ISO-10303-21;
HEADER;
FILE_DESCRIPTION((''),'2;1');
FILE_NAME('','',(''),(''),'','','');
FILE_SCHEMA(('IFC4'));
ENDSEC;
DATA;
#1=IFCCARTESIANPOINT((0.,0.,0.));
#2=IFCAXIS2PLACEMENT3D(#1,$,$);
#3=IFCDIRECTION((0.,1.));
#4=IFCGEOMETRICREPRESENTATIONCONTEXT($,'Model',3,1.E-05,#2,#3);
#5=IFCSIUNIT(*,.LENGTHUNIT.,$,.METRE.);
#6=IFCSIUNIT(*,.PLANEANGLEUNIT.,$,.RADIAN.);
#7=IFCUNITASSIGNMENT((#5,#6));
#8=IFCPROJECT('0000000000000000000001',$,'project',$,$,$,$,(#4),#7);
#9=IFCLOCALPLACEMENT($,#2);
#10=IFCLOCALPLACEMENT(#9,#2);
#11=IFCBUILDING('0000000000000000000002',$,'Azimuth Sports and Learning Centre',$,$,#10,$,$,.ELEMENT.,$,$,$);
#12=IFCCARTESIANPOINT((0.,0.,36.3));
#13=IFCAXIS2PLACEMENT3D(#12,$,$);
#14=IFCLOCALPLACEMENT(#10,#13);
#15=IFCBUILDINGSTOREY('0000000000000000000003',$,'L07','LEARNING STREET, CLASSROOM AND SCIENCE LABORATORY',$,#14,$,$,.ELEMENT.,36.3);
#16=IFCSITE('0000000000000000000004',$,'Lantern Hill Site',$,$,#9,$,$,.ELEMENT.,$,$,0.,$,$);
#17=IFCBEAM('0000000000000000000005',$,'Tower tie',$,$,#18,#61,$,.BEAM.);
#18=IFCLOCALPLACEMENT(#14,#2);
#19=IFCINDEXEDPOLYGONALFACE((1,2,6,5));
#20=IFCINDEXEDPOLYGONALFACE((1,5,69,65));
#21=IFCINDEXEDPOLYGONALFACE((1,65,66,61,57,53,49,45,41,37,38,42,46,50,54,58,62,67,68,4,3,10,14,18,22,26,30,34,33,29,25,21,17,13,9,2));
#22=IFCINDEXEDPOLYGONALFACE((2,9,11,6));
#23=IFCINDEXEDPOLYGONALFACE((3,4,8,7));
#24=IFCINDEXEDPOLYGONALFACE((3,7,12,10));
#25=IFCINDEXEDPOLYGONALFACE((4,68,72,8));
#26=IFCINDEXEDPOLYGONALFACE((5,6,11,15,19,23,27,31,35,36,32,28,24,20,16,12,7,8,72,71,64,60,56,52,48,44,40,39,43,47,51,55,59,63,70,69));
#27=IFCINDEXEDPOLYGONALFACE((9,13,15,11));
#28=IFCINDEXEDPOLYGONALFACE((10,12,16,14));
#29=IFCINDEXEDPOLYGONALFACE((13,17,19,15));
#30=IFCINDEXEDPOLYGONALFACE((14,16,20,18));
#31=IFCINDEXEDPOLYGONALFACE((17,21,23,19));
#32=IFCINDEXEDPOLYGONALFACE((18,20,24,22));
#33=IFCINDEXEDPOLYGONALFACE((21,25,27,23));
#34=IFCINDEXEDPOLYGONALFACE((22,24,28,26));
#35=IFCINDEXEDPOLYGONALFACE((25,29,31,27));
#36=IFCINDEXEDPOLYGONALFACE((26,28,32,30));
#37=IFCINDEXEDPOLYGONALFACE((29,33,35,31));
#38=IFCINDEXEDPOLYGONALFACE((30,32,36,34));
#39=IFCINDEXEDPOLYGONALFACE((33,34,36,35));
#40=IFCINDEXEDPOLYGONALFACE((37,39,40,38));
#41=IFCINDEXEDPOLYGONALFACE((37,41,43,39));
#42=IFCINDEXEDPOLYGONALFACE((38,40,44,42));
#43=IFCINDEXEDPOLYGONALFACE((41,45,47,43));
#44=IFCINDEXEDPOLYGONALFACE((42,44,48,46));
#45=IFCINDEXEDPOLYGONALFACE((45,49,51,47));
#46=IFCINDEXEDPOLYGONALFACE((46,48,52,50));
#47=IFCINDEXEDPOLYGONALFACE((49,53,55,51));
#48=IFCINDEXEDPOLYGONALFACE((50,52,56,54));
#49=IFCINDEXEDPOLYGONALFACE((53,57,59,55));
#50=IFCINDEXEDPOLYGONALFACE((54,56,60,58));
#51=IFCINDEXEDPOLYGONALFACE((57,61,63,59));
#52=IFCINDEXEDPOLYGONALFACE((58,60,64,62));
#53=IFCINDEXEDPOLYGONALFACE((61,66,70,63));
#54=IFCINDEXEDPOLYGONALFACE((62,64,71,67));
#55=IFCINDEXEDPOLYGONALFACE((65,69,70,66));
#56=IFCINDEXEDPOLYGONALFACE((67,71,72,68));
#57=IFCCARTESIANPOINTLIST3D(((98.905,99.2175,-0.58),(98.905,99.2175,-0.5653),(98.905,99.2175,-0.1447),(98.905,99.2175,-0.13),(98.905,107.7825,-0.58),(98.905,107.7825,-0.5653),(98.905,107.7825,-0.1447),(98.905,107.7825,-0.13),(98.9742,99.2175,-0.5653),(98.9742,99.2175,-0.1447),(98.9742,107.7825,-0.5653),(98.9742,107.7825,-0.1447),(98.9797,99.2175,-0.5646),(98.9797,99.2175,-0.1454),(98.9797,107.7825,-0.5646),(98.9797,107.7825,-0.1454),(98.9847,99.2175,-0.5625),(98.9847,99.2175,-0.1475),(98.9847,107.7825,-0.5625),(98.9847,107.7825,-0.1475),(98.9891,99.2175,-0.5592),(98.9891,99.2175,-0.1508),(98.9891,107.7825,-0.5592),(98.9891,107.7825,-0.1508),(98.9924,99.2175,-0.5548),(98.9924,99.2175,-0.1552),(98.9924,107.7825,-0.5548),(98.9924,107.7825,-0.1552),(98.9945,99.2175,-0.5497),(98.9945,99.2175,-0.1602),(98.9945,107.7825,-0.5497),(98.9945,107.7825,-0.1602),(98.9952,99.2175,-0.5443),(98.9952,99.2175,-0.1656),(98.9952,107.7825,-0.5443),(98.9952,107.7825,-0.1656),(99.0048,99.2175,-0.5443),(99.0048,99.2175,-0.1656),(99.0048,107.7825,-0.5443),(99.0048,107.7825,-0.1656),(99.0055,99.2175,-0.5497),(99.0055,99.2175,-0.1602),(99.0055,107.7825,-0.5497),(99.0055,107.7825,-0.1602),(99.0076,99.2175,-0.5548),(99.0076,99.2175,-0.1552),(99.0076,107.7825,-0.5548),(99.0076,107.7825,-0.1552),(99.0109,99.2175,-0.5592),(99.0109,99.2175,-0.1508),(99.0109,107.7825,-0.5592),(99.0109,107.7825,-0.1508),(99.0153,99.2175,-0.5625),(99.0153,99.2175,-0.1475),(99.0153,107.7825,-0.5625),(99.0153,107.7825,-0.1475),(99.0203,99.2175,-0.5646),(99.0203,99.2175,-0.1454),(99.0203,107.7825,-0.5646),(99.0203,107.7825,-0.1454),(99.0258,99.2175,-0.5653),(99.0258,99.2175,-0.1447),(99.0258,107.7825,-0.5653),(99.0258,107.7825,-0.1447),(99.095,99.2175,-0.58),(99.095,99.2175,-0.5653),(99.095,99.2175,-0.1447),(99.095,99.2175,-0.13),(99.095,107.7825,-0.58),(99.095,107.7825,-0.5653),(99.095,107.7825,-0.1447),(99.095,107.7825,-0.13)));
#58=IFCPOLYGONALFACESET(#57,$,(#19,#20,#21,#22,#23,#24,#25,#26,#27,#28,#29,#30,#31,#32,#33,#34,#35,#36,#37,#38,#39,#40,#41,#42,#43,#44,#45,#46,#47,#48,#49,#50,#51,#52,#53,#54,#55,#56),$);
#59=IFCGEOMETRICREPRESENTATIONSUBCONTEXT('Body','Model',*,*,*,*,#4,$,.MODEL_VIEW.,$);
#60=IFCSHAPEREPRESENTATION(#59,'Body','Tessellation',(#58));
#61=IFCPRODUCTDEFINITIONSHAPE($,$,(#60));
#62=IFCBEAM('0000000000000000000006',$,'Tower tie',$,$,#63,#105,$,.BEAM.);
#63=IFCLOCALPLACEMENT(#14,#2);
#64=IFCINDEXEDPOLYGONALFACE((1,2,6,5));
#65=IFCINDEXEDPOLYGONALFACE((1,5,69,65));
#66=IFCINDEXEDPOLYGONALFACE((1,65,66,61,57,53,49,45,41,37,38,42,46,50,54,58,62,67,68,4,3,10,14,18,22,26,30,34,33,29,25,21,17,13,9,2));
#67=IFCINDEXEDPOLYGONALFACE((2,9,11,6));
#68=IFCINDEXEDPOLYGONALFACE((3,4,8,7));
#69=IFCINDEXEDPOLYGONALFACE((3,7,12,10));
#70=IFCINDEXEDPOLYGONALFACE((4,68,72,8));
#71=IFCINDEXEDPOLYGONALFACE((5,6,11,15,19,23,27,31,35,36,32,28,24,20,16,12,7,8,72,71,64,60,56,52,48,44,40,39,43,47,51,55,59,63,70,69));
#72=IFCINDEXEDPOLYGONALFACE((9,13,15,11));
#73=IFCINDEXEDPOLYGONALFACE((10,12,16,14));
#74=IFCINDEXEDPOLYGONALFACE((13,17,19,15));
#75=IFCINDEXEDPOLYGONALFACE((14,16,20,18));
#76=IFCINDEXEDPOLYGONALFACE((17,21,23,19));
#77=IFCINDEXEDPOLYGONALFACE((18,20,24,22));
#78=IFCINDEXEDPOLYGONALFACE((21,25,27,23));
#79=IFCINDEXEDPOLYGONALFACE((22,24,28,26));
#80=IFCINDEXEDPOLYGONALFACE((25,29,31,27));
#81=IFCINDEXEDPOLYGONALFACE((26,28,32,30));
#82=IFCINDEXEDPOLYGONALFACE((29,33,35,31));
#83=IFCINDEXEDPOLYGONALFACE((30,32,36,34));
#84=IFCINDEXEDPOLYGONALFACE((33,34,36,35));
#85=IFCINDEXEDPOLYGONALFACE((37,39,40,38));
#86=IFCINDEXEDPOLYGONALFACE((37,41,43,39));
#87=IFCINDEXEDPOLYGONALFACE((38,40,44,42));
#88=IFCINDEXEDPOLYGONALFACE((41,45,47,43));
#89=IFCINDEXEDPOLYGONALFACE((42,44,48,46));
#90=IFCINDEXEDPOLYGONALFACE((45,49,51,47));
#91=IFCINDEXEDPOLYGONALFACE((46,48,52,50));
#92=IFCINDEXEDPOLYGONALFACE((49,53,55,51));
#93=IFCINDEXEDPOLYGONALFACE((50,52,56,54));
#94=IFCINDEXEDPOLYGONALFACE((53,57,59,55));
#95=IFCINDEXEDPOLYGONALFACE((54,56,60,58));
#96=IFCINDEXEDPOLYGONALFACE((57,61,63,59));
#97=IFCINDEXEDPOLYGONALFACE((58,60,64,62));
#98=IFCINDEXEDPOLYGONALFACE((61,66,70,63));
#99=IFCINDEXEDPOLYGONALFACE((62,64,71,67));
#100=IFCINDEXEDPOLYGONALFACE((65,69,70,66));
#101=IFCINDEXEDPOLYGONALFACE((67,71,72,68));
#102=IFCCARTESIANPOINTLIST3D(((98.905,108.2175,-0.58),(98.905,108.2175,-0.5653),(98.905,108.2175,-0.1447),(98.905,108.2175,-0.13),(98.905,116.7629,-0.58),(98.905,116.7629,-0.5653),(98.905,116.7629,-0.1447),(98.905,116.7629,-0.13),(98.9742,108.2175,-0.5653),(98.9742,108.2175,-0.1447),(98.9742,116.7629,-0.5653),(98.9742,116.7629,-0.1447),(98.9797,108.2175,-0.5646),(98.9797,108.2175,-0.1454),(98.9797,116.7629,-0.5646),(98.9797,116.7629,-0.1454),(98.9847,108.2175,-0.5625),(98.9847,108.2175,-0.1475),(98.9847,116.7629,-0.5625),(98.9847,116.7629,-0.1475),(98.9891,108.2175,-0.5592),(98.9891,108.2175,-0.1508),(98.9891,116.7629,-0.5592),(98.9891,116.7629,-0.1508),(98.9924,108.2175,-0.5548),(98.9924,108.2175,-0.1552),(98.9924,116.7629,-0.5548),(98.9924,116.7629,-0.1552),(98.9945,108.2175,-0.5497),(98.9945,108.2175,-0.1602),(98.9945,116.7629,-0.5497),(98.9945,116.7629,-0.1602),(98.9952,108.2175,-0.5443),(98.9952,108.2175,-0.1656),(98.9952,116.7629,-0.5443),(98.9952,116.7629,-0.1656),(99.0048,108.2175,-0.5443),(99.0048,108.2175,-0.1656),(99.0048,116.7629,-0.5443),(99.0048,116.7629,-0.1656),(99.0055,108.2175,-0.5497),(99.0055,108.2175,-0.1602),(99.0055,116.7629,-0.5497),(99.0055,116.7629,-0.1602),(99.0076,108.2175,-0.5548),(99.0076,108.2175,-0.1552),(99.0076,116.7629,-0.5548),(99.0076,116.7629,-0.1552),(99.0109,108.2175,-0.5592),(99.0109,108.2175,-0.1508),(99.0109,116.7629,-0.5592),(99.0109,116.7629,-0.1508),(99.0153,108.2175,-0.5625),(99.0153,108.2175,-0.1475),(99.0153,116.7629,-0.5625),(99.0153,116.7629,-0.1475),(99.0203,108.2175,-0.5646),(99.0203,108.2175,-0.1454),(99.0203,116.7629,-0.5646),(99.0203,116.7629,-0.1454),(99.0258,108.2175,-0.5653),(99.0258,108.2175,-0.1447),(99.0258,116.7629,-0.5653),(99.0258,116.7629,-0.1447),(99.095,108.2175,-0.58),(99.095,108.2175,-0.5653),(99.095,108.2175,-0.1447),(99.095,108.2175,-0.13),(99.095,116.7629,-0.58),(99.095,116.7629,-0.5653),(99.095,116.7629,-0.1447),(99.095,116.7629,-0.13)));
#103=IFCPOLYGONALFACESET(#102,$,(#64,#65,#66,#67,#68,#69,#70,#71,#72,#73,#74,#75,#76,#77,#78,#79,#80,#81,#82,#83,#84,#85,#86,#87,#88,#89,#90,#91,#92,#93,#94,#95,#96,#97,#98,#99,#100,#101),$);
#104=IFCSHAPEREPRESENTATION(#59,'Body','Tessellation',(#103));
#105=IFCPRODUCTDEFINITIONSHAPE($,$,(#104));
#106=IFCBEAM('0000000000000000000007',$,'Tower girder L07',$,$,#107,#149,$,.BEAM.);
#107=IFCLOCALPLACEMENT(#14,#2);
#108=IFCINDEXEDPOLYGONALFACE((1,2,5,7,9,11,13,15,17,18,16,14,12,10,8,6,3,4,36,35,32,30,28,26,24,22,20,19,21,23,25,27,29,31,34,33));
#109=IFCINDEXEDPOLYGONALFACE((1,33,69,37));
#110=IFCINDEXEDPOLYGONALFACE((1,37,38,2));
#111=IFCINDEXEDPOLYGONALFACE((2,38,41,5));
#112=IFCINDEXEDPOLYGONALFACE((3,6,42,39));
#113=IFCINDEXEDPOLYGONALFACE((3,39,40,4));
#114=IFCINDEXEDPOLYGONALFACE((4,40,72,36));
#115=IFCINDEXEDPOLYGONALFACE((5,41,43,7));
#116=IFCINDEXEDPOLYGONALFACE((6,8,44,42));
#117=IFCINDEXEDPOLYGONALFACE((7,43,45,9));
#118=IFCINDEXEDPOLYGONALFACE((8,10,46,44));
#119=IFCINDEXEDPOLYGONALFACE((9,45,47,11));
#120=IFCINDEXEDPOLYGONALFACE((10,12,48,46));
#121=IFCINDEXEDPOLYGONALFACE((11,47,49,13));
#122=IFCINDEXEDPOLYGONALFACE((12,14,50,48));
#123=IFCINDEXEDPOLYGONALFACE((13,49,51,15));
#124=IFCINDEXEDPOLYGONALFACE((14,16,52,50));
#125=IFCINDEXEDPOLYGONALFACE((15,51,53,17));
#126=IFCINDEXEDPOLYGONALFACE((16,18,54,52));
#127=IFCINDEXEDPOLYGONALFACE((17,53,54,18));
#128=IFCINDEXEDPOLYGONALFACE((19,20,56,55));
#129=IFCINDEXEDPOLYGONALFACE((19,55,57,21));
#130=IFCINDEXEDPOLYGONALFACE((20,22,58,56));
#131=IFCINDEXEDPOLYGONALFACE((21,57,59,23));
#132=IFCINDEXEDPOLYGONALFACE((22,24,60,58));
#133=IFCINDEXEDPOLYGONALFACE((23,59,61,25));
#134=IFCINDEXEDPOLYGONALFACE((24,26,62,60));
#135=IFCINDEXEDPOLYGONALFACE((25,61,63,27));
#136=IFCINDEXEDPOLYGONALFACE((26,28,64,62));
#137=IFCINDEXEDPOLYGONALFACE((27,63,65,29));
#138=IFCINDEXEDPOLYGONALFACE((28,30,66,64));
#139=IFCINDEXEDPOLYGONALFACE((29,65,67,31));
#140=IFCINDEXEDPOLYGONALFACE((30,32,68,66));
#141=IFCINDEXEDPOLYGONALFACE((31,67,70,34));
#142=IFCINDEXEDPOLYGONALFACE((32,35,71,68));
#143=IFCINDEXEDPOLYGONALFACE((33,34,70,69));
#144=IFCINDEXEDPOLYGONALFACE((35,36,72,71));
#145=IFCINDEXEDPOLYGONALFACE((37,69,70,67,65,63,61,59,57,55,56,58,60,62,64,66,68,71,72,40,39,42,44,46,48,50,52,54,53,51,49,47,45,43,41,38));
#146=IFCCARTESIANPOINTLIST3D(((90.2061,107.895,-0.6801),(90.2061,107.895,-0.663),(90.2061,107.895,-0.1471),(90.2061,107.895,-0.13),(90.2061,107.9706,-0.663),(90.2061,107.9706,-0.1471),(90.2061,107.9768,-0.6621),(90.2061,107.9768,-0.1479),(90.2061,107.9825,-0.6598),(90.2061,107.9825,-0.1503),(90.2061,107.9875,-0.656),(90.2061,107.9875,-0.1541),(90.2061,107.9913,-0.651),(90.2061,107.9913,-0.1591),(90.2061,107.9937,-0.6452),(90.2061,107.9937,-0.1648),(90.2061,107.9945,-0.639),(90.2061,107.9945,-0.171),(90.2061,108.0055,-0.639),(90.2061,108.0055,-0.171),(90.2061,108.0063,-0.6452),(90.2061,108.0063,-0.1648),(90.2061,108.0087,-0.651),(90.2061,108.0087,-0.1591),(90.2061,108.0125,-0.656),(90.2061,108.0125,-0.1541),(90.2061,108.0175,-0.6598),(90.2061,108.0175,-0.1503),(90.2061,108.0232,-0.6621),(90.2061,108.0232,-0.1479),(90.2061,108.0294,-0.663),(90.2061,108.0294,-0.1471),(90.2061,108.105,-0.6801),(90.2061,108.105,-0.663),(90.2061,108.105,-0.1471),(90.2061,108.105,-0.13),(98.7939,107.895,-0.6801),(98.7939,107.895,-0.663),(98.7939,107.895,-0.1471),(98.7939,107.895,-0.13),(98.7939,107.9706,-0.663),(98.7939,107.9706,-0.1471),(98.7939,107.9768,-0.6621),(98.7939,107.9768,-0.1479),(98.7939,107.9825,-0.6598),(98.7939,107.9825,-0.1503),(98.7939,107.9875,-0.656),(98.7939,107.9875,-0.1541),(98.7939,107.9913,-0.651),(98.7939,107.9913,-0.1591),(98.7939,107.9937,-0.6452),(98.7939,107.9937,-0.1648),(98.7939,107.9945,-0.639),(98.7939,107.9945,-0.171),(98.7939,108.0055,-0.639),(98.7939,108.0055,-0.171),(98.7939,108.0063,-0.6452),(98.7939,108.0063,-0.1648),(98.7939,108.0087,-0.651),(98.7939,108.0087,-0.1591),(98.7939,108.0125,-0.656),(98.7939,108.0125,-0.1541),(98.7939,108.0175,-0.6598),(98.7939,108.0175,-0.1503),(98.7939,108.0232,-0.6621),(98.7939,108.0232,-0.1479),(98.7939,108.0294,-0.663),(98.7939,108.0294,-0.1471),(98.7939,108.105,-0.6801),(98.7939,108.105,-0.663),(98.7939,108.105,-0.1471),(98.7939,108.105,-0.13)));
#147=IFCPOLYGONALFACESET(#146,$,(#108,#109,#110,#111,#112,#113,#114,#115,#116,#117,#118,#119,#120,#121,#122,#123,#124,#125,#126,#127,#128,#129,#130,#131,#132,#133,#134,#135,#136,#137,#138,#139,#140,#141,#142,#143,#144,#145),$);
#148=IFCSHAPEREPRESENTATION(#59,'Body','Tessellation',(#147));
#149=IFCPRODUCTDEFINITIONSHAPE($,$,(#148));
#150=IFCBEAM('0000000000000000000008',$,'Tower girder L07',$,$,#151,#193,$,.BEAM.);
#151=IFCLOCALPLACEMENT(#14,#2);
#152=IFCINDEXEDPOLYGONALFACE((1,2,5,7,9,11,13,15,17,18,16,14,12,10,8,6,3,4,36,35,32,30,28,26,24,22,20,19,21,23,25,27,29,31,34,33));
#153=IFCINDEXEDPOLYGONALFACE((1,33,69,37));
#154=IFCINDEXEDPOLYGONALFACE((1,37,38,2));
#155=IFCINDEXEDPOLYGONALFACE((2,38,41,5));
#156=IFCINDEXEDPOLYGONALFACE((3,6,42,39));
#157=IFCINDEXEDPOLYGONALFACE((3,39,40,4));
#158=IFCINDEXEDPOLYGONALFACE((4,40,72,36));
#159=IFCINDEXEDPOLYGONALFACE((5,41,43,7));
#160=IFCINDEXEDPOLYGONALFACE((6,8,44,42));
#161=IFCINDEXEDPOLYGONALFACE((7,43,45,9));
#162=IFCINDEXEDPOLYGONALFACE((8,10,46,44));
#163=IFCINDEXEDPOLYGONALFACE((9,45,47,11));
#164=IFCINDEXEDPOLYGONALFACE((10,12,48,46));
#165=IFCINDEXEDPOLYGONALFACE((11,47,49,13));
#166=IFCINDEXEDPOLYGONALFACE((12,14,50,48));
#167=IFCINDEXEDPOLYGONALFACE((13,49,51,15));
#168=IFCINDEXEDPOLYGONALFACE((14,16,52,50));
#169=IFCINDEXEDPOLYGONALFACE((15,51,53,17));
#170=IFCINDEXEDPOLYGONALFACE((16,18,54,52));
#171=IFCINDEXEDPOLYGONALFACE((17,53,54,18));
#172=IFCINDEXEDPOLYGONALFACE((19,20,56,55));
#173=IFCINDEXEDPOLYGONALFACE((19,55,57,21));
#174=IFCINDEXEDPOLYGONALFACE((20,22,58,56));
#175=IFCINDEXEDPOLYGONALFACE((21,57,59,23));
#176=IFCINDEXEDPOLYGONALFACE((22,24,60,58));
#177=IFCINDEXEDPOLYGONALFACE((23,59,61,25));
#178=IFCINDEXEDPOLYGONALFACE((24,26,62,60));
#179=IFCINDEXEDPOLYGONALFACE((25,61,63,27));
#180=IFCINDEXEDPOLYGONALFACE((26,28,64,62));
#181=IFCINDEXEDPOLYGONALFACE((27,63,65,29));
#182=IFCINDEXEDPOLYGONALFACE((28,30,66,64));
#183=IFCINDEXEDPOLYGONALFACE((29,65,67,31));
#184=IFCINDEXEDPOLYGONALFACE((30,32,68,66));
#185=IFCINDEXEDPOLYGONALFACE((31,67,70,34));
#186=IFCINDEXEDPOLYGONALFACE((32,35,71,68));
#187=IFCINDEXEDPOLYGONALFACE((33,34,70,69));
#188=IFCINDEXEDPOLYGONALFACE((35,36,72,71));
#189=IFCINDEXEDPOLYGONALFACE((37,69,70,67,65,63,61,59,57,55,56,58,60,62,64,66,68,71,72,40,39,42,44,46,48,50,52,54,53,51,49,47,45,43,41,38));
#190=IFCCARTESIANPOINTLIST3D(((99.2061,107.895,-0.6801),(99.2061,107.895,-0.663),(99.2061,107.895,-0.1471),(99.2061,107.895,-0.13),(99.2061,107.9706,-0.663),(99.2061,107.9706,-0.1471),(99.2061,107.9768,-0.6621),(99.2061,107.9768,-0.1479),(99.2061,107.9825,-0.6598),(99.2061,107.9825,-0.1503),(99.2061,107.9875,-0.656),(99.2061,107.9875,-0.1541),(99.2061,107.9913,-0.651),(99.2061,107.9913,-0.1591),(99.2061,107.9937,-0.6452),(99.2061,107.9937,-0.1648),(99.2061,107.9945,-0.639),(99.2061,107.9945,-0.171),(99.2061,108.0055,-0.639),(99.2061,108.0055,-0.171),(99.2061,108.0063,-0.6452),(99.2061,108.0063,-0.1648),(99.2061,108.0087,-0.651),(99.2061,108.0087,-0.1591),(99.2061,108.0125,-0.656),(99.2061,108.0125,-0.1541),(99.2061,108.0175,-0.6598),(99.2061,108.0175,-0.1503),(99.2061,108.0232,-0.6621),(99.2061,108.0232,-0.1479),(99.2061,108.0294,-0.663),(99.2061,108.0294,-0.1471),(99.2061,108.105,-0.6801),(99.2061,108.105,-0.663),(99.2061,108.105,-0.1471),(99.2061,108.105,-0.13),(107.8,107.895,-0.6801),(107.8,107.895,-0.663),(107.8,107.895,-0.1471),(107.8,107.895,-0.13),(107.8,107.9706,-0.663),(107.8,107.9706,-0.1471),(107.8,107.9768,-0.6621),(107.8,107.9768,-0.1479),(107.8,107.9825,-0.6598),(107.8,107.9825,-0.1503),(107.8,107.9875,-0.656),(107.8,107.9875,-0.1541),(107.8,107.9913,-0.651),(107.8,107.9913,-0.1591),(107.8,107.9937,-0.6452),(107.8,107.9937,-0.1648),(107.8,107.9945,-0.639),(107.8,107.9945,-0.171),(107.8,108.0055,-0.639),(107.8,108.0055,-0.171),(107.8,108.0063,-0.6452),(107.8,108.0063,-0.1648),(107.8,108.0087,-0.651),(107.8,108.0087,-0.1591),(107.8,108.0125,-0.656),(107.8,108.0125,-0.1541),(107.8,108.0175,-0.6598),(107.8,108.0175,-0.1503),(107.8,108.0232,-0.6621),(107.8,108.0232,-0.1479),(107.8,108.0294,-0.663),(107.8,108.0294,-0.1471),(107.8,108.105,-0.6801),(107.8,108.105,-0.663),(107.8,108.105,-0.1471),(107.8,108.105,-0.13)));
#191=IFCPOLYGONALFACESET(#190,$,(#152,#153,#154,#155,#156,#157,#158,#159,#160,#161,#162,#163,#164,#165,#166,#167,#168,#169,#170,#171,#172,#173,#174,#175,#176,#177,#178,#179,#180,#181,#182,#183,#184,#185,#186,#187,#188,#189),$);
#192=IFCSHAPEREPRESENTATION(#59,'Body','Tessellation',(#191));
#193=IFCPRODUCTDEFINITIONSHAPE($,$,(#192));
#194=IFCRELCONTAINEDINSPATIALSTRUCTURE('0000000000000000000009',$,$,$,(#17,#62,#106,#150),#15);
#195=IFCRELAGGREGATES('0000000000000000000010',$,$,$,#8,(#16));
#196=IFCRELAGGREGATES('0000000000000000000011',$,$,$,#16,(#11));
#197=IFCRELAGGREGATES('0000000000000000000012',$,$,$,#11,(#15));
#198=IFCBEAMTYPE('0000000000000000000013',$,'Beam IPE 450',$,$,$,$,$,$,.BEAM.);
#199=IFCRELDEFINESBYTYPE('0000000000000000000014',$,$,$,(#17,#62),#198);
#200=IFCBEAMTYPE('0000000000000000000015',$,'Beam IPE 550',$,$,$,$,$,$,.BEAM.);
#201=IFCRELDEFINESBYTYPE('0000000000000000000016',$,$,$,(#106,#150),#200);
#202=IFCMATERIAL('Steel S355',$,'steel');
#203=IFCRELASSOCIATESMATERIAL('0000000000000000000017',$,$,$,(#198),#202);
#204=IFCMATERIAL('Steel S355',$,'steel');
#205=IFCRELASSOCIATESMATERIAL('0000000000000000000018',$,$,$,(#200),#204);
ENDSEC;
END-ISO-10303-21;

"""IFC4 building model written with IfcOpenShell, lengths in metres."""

from ifc_helpers import new_model, si_unit, direction, frame, origin, origin_2d, place, context, subcontext, project, spatial, i_section, extrude, material, material_profile, profile_set, type_object, element, save


model = new_model("IFC4")

# Units and contexts
model_context = context("Model", 3, precision=1e-05, world=origin(), true_north=direction((0.0, 1.0)))
body_context = subcontext(model_context, "Body", "Model", "MODEL_VIEW")
ifc_project = project(units=[si_unit("LENGTHUNIT", "METRE"), si_unit("PLANEANGLEUNIT", "RADIAN")], contexts=[model_context])

# Site, building, storey
site_placement = place(None, origin())
site = spatial("IfcSite", under=ifc_project, at=site_placement, Name="Lantern Hill Site", CompositionType="ELEMENT", RefElevation=0.0)
building_placement = place(site_placement, origin())
building = spatial("IfcBuilding", under=site, at=building_placement, Name="Azimuth Sports and Learning Centre", CompositionType="ELEMENT")
storey_placement = place(building_placement, frame((0.0, 0.0, 36.3)))
storey = spatial("IfcBuildingStorey", under=building, at=storey_placement, Name="L07", Description="LEARNING STREET, CLASSROOM AND SCIENCE LABORATORY", CompositionType="ELEMENT", Elevation=36.3)

# Beams
ifc_material_1 = material(Name="Steel S355", Category="steel")
ifc_material_profile_1 = material_profile(ifc_material_1, i_section(OverallWidth=0.1899, OverallDepth=0.45, WebThickness=0.0095, FlangeThickness=0.0146, FilletRadius=0.021, at=origin_2d()), Name="IPE 450")
ifc_profile_set_1 = profile_set([ifc_material_profile_1], Name="Steel S355")
beam_type_1 = type_object("IfcBeamType", Name="Beam IPE 450", PredefinedType="BEAM", material=ifc_profile_set_1)
beam_1_placement = place(storey_placement, frame((99.0, 99.2175, -0.355), z_axis=(0.0, 1.0, 0.0), x_axis=(-1.0, 0.0, 0.0)))
element("IfcBeam", 1, at=beam_1_placement, inside=storey, type_object=beam_type_1, Name="Tower tie", PredefinedType="BEAM", context=body_context, shape_type="SweptSolid", body=[
    extrude(i_section(OverallWidth=0.1899, OverallDepth=0.45, WebThickness=0.0095, FlangeThickness=0.0146, FilletRadius=0.021, at=origin_2d()), origin(), (0.0, 0.0, 1.0), 8.5649),
])
beam_2_placement = place(storey_placement, frame((99.0, 108.2175, -0.355), z_axis=(0.0, 1.0, 0.0), x_axis=(-1.0, 0.0, 0.0)))
element("IfcBeam", 2, at=beam_2_placement, inside=storey, type_object=beam_type_1, Name="Tower tie", PredefinedType="BEAM", context=body_context, shape_type="SweptSolid", body=[
    extrude(i_section(OverallWidth=0.1899, OverallDepth=0.45, WebThickness=0.0095, FlangeThickness=0.0146, FilletRadius=0.021, at=origin_2d()), origin(), (0.0, 0.0, 1.0), 8.5454),
])
ifc_material_2 = material(Name="Steel S355", Category="steel")
ifc_material_profile_2 = material_profile(ifc_material_2, i_section(OverallWidth=0.21, OverallDepth=0.55, WebThickness=0.011, FlangeThickness=0.0171, FilletRadius=0.0239, at=origin_2d()), Name="IPE 550")
ifc_profile_set_2 = profile_set([ifc_material_profile_2], Name="Steel S355")
beam_type_2 = type_object("IfcBeamType", Name="Beam IPE 550", PredefinedType="BEAM", material=ifc_profile_set_2)
beam_3_placement = place(storey_placement, frame((90.2061, 108.0, -0.405), z_axis=(1.0, 0.0, 0.0), x_axis=(0.0, 1.0, 0.0)))
element("IfcBeam", 3, at=beam_3_placement, inside=storey, type_object=beam_type_2, Name="Tower girder L07", PredefinedType="BEAM", context=body_context, shape_type="SweptSolid", body=[
    extrude(i_section(OverallWidth=0.21, OverallDepth=0.55, WebThickness=0.011, FlangeThickness=0.0171, FilletRadius=0.0239, at=origin_2d()), origin(), (0.0, 0.0, 1.0), 8.5879),
])
beam_4_placement = place(storey_placement, frame((99.2061, 108.0, -0.405), z_axis=(1.0, 0.0, 0.0), x_axis=(0.0, 1.0, 0.0)))
element("IfcBeam", 4, at=beam_4_placement, inside=storey, type_object=beam_type_2, Name="Tower girder L07", PredefinedType="BEAM", context=body_context, shape_type="SweptSolid", body=[
    extrude(i_section(OverallWidth=0.21, OverallDepth=0.55, WebThickness=0.011, FlangeThickness=0.0171, FilletRadius=0.0239, at=origin_2d()), origin(), (0.0, 0.0, 1.0), 8.594),
])

save(model, "model.ifc")
